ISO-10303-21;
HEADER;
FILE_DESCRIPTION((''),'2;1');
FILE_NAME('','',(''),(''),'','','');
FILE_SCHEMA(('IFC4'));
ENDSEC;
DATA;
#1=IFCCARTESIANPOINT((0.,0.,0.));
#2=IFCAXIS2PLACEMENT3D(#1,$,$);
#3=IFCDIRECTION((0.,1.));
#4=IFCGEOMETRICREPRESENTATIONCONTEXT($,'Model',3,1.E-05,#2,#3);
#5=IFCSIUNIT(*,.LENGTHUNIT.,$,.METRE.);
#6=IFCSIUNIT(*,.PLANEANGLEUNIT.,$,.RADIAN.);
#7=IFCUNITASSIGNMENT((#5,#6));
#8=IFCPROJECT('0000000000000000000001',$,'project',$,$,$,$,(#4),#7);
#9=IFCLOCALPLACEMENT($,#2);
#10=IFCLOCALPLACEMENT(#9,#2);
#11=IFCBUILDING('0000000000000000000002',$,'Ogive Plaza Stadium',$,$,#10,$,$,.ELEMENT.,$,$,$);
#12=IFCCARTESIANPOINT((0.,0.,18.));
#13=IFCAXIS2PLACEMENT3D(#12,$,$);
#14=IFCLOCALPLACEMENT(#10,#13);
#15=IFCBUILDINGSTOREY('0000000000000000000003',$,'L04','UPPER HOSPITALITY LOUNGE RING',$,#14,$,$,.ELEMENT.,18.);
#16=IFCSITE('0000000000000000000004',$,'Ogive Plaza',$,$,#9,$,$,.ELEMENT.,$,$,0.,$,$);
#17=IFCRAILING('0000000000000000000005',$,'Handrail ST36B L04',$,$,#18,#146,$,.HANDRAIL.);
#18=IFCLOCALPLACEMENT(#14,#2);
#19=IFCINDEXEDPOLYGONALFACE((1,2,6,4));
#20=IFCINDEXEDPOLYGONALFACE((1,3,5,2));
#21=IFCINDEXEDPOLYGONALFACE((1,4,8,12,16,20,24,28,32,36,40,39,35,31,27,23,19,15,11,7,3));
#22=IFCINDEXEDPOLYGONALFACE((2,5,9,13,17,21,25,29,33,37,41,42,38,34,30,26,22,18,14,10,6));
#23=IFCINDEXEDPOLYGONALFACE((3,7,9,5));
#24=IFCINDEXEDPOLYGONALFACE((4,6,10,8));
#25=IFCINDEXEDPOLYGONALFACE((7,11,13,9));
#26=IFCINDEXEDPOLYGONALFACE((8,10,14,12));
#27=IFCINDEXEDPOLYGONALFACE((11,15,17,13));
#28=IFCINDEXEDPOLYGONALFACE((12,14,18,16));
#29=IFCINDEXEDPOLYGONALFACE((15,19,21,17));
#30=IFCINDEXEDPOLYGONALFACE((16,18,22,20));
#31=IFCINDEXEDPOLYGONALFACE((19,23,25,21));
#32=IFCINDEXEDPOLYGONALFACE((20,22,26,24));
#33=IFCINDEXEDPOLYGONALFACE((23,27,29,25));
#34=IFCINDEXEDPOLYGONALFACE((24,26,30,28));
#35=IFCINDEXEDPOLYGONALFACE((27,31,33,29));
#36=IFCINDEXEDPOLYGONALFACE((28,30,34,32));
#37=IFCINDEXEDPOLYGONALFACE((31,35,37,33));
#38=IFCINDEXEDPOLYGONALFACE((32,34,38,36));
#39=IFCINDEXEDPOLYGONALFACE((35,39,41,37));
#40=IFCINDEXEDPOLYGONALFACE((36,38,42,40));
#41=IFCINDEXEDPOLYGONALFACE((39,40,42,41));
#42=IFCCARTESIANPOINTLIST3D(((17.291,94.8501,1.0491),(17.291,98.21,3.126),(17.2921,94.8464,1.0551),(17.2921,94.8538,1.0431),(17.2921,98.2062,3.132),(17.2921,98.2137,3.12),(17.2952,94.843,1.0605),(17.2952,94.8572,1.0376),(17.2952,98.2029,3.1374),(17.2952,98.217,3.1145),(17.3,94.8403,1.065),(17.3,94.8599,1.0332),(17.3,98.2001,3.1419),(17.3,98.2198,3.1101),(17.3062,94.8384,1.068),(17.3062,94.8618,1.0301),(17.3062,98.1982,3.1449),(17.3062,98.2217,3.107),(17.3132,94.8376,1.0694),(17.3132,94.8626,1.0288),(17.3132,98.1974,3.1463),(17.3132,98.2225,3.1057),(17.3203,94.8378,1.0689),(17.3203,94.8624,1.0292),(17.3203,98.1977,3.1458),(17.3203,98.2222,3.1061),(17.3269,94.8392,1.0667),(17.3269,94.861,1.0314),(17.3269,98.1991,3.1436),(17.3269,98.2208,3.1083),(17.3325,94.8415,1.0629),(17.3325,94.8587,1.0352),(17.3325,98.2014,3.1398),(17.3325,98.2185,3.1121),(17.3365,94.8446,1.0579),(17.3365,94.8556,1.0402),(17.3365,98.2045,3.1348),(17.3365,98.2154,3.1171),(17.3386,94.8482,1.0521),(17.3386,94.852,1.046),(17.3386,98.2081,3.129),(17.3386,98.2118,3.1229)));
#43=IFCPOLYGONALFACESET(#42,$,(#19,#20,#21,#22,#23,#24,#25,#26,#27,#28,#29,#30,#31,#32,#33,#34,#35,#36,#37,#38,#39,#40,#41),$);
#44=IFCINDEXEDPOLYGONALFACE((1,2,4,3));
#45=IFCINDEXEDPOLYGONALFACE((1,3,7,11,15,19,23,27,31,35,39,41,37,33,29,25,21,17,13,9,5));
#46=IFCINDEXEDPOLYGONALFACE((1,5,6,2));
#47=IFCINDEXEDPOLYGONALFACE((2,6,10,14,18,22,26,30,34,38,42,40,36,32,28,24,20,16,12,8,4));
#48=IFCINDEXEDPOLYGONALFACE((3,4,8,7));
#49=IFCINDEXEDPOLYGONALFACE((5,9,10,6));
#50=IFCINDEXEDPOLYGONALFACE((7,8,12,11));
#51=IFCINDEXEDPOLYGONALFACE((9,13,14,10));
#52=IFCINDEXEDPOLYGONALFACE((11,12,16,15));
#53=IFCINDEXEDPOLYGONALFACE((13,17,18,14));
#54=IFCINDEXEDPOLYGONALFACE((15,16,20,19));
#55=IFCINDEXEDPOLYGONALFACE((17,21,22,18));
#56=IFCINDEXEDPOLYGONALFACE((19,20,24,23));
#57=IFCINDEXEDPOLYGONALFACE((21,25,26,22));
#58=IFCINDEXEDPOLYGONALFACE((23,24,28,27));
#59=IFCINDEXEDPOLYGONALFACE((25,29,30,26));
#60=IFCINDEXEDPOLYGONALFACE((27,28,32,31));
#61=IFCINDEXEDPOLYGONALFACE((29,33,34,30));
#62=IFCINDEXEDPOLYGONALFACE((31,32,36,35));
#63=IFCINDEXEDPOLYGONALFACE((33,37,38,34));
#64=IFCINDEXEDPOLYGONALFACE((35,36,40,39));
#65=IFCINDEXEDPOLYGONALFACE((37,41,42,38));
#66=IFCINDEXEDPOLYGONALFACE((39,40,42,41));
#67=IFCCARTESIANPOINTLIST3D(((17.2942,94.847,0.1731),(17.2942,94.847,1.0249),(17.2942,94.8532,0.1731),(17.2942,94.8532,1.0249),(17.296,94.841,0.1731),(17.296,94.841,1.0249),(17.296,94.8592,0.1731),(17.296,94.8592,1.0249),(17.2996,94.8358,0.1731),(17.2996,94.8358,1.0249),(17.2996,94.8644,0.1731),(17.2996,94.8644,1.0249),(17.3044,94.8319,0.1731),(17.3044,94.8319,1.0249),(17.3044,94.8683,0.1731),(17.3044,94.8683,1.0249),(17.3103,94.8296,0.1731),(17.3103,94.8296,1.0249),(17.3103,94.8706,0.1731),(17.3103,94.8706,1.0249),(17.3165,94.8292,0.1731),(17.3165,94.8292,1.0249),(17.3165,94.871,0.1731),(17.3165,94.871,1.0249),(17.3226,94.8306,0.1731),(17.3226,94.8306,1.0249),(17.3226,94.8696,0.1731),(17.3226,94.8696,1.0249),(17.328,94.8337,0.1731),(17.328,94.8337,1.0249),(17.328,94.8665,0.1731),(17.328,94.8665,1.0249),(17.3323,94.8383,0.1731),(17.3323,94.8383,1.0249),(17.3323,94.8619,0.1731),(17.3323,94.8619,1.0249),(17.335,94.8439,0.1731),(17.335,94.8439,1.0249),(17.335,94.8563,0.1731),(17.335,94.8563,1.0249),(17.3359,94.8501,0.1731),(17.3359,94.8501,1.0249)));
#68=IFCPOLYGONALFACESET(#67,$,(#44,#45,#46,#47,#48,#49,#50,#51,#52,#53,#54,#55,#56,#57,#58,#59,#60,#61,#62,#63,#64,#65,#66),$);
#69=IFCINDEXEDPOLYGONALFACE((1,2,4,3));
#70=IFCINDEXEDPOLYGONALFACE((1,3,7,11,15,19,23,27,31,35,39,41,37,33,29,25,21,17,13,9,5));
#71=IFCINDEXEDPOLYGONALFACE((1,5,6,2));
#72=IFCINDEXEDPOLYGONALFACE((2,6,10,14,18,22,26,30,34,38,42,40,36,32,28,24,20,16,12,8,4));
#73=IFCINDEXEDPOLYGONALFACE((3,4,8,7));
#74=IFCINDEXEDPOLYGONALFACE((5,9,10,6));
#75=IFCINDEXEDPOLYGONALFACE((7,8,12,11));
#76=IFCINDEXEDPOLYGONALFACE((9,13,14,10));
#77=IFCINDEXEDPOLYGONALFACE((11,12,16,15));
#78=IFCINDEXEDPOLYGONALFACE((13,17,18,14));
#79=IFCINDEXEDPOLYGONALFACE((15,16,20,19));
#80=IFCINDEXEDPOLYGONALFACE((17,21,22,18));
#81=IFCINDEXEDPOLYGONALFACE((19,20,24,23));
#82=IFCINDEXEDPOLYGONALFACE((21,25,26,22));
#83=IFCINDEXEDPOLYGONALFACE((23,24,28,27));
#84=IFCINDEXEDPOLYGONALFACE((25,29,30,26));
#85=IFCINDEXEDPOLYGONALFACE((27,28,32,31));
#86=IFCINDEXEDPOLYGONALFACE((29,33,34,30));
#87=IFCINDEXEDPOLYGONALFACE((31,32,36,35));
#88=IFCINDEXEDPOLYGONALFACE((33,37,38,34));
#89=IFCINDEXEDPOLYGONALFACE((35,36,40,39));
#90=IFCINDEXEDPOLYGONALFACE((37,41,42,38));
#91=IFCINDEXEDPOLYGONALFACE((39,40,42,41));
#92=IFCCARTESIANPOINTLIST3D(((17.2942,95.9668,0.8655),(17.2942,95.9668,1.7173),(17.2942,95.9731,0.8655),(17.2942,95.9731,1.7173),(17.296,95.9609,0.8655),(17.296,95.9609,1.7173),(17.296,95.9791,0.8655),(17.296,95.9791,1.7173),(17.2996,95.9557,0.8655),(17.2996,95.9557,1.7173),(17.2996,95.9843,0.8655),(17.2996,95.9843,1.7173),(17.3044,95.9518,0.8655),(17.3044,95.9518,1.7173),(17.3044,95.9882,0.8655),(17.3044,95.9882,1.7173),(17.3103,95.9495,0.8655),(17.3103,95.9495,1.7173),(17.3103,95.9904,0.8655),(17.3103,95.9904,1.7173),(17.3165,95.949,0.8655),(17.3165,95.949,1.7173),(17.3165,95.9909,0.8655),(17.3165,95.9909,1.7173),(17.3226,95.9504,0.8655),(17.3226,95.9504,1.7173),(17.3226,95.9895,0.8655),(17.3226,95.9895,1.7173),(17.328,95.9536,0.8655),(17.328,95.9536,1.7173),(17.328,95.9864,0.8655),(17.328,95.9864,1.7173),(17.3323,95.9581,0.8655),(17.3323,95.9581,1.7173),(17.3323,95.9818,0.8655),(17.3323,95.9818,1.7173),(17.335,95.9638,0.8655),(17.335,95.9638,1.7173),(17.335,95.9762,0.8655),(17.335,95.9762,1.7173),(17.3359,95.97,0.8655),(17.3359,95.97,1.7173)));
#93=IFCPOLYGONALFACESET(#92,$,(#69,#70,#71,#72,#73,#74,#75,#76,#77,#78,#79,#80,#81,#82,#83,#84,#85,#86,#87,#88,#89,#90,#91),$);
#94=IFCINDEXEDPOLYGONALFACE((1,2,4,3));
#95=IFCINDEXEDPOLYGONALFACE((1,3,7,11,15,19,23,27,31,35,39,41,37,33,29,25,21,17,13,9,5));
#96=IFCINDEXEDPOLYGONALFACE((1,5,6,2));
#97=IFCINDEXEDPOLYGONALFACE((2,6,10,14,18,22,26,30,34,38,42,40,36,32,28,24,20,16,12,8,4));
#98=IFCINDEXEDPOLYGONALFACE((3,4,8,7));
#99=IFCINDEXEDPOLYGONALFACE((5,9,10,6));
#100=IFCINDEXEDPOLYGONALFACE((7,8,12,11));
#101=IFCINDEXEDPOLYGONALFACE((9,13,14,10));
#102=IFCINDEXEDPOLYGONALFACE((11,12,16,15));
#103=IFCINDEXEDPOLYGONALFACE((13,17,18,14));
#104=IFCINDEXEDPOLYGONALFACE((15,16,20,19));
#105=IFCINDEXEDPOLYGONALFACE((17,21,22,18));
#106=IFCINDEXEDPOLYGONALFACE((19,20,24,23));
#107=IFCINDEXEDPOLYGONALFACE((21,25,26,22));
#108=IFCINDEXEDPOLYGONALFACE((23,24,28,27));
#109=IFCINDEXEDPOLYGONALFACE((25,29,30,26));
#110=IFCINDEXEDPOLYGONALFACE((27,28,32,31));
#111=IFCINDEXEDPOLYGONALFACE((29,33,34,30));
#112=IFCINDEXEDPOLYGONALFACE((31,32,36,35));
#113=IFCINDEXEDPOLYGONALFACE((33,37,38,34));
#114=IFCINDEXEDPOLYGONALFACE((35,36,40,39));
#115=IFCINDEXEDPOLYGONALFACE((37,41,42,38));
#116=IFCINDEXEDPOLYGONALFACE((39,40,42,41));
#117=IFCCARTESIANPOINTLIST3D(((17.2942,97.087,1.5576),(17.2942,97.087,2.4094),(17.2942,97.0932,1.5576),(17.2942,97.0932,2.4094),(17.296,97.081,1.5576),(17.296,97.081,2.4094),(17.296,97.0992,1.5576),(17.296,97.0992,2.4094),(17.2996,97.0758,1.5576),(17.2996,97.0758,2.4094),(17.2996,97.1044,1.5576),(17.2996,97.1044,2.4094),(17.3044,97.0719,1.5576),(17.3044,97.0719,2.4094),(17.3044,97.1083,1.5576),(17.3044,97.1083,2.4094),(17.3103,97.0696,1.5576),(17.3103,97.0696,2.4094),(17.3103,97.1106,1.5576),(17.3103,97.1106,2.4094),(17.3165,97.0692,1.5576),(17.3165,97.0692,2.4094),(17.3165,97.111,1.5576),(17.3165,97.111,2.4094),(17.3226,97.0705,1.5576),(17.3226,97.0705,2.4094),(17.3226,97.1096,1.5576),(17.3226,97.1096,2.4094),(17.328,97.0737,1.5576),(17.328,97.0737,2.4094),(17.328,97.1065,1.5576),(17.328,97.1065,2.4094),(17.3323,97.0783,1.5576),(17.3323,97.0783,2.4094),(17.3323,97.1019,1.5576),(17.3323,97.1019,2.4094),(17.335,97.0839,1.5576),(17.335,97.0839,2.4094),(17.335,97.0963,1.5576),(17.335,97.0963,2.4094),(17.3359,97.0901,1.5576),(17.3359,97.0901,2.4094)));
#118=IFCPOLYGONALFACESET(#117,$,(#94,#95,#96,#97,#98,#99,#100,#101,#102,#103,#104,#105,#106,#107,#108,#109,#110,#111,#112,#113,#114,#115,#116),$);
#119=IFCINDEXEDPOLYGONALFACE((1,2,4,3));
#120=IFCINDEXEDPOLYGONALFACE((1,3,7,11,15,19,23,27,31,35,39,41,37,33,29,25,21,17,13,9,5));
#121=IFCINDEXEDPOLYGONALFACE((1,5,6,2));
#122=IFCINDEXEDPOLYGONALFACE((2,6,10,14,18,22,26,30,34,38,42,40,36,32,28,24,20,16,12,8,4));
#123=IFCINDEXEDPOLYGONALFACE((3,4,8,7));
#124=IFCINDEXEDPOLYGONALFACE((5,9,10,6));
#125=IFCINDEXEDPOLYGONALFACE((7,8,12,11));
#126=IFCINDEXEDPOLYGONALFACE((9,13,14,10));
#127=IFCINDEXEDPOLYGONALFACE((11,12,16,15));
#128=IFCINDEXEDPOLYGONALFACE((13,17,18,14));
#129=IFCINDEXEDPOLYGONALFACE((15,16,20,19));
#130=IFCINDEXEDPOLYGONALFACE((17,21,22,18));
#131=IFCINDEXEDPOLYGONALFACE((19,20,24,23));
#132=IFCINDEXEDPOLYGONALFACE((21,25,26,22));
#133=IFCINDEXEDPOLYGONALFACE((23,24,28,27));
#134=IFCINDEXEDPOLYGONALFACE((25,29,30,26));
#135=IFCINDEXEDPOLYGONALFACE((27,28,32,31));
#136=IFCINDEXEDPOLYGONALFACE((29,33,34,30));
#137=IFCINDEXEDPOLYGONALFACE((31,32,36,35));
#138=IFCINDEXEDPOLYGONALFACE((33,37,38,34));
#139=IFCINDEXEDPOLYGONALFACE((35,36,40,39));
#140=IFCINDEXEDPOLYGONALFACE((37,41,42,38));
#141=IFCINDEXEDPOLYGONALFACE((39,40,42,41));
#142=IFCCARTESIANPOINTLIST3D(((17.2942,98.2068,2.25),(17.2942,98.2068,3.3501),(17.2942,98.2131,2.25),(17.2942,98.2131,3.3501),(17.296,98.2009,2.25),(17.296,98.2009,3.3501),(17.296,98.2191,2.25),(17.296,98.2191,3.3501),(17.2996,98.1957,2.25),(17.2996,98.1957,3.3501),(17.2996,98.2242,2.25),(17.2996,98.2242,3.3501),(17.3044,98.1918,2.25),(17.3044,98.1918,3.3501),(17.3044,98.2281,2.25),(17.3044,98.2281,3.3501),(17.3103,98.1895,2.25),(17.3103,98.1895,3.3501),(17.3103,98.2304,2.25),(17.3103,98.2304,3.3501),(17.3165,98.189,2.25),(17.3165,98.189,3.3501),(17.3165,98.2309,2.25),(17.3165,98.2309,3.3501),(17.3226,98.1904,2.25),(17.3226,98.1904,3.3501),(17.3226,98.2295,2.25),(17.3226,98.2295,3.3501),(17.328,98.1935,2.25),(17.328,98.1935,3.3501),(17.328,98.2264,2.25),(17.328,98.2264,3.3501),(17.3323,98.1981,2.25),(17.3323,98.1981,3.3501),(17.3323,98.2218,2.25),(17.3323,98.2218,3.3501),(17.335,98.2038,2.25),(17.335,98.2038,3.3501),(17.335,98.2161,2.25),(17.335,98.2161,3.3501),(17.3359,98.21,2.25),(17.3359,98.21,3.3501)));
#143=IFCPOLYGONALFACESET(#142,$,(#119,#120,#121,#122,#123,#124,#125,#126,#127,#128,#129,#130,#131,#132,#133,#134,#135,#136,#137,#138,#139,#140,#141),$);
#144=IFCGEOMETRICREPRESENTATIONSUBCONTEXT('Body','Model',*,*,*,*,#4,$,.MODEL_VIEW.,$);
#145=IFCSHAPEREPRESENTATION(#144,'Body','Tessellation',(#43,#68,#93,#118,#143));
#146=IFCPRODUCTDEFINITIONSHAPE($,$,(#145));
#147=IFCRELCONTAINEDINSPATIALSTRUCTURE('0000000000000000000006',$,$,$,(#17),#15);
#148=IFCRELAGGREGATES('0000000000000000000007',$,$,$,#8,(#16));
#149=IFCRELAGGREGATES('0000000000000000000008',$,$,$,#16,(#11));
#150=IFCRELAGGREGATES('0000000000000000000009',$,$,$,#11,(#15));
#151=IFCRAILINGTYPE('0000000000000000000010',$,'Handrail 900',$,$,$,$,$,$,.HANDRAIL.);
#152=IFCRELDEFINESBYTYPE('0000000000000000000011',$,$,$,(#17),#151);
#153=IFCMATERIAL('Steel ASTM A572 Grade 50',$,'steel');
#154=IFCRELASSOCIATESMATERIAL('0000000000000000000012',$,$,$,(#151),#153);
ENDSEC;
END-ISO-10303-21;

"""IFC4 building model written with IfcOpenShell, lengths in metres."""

from ifc_helpers import new_model, si_unit, direction, frame, origin, origin_2d, place, context, subcontext, project, spatial, circle, extrude, material, type_object, element, save


model = new_model("IFC4")

# Units and contexts
model_context = context("Model", 3, precision=1e-05, world=origin(), true_north=direction((0.0, 1.0)))
body_context = subcontext(model_context, "Body", "Model", "MODEL_VIEW")
ifc_project = project(units=[si_unit("LENGTHUNIT", "METRE"), si_unit("PLANEANGLEUNIT", "RADIAN")], contexts=[model_context])

# Site, building, storey
site_placement = place(None, origin())
site = spatial("IfcSite", under=ifc_project, at=site_placement, Name="Ogive Plaza", CompositionType="ELEMENT", RefElevation=0.0)
building_placement = place(site_placement, origin())
building = spatial("IfcBuilding", under=site, at=building_placement, Name="Ogive Plaza Stadium", CompositionType="ELEMENT")
storey_placement = place(building_placement, frame((0.0, 0.0, 18.0)))
storey = spatial("IfcBuildingStorey", under=building, at=storey_placement, Name="L04", Description="UPPER HOSPITALITY LOUNGE RING", CompositionType="ELEMENT", Elevation=18.0)

# Railing
ifc_material_1 = material(Name="Steel ASTM A572 Grade 50", Category="steel")
railing_type_1 = type_object("IfcRailingType", Name="Handrail 900", PredefinedType="HANDRAIL", material=ifc_material_1)
for number, where, name in (
    (1, (17.3149, 94.8501, 0.1731), "Handrail ST36B L04"),
):
    element("IfcRailing", number, at=place(storey_placement, frame(where)), inside=storey, type_object=railing_type_1, Name=name, PredefinedType="HANDRAIL", context=body_context, shape_type="SweptSolid", body=[
        extrude(circle(Radius=0.0239, at=origin_2d()), frame((0.0, 0.0, 0.876), z_axis=(0.0, 0.850606, 0.525803), x_axis=(-1.0, 0.0, 0.0)), (0.0, 0.0, 1.0), 3.95),
        extrude(circle(Radius=0.021, at=origin_2d()), origin(), (0.0, 0.0, 1.0), 0.8518),
        extrude(circle(Radius=0.021, at=origin_2d()), frame((0.0, 1.1199, 0.6924)), (0.0, 0.0, 1.0), 0.8518),
        extrude(circle(Radius=0.021, at=origin_2d()), frame((0.0, 2.24, 1.3845)), (0.0, 0.0, 1.0), 0.8518),
        extrude(circle(Radius=0.021, at=origin_2d()), frame((0.0, 3.3599, 2.0769)), (0.0, 0.0, 1.0), 1.1001),
    ])

save(model, "model.ifc")
